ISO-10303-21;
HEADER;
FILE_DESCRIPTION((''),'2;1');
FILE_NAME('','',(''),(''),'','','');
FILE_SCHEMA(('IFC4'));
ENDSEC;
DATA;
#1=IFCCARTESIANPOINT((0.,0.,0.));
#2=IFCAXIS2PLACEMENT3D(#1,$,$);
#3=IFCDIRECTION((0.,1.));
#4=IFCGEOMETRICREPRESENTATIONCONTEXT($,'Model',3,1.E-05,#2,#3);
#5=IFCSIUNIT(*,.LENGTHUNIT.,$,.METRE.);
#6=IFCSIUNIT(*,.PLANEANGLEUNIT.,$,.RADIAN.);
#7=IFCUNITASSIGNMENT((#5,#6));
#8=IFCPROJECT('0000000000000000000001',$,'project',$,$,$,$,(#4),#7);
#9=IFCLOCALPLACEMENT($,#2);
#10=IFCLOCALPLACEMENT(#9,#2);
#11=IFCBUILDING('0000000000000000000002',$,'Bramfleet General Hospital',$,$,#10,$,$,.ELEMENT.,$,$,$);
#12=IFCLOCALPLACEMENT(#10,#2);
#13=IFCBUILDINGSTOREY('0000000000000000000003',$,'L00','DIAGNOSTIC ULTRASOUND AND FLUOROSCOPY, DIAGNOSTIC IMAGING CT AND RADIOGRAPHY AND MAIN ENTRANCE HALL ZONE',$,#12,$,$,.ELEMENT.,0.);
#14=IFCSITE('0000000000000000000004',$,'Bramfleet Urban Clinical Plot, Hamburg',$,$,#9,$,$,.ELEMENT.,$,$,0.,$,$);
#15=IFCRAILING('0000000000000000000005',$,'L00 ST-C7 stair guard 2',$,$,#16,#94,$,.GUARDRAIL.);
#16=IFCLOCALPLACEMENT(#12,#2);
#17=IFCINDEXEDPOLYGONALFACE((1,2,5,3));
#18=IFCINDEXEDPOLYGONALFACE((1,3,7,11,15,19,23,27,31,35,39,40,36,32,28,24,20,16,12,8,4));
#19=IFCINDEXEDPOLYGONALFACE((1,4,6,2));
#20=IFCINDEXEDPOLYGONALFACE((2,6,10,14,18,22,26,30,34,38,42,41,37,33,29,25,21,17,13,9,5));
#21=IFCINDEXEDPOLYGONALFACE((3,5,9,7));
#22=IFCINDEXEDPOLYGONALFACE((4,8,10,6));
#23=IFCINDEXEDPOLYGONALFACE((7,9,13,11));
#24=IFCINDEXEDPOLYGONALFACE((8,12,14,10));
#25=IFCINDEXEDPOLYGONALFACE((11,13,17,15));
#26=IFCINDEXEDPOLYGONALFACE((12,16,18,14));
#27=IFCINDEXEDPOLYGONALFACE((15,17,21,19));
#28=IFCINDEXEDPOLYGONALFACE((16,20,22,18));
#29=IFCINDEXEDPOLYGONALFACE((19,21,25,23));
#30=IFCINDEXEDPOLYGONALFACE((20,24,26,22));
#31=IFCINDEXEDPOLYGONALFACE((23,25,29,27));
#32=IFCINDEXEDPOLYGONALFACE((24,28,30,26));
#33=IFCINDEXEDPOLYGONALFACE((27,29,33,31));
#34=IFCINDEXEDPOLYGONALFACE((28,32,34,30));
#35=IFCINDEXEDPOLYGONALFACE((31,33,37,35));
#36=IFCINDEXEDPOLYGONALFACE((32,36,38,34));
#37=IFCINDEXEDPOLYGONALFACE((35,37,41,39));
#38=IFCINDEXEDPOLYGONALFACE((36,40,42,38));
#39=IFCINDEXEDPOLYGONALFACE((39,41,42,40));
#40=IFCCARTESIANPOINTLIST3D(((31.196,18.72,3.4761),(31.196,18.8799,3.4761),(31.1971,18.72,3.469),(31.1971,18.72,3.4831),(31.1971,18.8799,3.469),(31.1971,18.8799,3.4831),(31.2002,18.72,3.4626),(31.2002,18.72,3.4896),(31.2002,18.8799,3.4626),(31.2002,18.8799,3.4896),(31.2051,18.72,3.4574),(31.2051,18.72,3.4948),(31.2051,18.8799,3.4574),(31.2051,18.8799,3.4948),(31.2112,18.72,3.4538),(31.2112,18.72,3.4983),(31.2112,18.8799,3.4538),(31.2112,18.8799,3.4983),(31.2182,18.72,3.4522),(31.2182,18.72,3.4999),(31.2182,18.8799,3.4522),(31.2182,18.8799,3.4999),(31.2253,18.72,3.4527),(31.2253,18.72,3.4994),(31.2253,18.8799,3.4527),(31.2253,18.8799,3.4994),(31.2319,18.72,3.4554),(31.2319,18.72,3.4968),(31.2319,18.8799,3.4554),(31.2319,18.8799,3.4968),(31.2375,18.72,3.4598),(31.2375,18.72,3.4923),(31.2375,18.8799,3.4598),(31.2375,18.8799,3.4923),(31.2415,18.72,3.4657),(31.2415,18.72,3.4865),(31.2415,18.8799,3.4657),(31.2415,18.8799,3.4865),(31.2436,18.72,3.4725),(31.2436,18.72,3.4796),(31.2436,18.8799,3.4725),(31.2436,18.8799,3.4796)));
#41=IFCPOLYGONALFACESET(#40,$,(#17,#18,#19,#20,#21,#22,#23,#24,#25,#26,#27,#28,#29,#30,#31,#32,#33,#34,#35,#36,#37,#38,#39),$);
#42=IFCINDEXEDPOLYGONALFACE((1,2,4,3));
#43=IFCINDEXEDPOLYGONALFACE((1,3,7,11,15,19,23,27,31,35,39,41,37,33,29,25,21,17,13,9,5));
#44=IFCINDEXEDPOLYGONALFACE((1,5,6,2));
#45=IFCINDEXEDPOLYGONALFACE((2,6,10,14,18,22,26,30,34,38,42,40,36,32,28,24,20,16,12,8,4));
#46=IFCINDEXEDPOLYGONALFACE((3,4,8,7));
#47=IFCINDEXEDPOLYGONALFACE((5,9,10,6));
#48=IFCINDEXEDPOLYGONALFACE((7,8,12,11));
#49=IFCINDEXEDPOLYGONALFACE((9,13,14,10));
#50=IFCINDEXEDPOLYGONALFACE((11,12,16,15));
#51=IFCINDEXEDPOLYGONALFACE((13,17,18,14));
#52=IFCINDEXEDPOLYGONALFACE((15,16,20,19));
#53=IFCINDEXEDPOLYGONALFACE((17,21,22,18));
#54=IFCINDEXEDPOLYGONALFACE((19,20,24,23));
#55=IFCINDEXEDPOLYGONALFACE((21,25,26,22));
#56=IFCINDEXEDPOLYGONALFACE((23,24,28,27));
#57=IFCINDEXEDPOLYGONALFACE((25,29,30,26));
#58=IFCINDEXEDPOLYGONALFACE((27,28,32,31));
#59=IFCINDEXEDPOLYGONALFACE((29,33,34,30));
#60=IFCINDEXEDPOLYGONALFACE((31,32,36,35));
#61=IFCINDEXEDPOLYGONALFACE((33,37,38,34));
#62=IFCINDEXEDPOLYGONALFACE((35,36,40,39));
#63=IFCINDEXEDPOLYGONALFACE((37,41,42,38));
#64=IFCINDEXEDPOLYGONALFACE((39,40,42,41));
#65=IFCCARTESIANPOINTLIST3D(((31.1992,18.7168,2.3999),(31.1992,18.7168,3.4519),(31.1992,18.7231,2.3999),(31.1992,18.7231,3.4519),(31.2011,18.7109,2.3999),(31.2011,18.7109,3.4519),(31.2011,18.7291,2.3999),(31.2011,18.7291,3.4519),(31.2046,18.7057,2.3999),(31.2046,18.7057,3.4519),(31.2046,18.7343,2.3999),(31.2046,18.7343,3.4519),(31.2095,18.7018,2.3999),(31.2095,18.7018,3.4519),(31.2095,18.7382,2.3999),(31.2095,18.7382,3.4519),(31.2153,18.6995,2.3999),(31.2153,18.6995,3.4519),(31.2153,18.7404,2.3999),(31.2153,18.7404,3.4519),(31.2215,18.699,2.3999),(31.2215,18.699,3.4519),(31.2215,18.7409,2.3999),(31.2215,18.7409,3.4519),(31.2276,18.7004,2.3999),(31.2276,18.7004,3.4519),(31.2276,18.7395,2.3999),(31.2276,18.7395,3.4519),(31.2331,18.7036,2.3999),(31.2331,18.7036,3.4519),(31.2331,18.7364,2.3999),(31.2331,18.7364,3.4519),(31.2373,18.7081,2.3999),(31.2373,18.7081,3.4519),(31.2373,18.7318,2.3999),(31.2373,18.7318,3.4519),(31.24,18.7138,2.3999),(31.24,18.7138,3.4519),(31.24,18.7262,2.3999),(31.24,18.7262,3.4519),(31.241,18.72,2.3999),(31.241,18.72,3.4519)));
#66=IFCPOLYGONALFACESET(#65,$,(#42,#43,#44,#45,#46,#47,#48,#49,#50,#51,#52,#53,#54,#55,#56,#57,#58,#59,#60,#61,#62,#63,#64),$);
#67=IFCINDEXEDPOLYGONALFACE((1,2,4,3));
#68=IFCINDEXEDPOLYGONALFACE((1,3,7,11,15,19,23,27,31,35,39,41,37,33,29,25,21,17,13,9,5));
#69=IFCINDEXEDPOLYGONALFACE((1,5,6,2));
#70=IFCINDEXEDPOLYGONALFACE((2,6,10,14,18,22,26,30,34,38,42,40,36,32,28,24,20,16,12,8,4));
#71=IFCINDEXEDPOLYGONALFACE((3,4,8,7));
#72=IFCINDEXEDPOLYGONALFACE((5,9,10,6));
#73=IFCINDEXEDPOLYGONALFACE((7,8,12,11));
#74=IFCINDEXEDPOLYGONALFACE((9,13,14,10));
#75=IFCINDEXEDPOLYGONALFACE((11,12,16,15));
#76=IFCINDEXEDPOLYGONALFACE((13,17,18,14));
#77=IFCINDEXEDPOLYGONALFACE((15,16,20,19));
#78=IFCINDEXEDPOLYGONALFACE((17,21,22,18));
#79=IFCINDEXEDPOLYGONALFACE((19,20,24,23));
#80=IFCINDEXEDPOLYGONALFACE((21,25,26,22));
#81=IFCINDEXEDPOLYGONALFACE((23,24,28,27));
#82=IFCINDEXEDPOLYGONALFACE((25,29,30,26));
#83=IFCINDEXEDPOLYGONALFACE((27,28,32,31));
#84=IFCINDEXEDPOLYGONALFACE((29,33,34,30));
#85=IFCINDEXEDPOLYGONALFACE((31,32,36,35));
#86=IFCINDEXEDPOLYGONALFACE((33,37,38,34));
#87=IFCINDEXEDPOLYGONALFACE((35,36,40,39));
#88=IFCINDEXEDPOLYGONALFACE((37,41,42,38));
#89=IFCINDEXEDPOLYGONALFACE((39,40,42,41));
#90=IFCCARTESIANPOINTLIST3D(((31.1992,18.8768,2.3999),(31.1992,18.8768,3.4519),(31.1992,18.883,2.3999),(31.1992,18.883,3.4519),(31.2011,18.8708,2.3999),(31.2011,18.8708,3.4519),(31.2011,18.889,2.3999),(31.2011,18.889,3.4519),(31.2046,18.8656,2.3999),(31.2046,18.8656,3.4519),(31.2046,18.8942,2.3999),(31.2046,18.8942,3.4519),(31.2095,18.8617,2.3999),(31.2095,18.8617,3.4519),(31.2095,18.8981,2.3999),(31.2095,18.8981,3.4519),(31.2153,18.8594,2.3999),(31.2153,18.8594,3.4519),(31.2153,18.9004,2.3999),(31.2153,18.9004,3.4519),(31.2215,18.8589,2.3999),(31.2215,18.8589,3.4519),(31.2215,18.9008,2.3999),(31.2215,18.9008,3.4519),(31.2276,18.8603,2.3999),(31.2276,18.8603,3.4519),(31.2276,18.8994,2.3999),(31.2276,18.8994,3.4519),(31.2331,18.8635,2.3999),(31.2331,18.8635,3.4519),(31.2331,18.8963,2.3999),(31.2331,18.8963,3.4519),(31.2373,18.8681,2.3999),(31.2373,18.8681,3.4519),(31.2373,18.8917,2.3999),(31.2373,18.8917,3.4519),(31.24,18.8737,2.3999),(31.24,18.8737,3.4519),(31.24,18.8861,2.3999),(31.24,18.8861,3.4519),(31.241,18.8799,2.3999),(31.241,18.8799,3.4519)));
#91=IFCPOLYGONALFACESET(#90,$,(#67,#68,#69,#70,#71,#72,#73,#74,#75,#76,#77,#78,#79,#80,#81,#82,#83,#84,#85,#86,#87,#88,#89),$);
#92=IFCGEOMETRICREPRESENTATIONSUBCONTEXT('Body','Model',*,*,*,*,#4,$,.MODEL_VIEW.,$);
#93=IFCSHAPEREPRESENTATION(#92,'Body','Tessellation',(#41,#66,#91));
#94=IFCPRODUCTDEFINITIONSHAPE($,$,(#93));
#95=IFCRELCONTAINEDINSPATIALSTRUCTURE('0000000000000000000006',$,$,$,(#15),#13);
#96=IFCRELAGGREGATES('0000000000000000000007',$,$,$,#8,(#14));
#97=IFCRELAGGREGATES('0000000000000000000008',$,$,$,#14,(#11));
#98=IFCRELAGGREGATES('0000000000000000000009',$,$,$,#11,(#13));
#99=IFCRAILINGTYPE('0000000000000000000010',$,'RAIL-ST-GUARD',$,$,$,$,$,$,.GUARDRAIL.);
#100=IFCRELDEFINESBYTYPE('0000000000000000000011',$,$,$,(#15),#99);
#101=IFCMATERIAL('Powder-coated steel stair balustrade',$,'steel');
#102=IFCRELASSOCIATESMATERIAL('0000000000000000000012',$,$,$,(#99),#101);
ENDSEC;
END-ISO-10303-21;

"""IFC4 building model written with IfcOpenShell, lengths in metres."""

from ifc_helpers import new_model, si_unit, direction, frame, origin, origin_2d, place, context, subcontext, project, spatial, circle, extrude, material, type_object, element, save


model = new_model("IFC4")

# Units and contexts
model_context = context("Model", 3, precision=1e-05, world=origin(), true_north=direction((0.0, 1.0)))
body_context = subcontext(model_context, "Body", "Model", "MODEL_VIEW")
ifc_project = project(units=[si_unit("LENGTHUNIT", "METRE"), si_unit("PLANEANGLEUNIT", "RADIAN")], contexts=[model_context])

# Site, building, storey
site_placement = place(None, origin())
site = spatial("IfcSite", under=ifc_project, at=site_placement, Name="Bramfleet Urban Clinical Plot, Hamburg", CompositionType="ELEMENT", RefElevation=0.0)
building_placement = place(site_placement, origin())
building = spatial("IfcBuilding", under=site, at=building_placement, Name="Bramfleet General Hospital", CompositionType="ELEMENT")
storey_placement = place(building_placement, origin())
storey = spatial("IfcBuildingStorey", under=building, at=storey_placement, Name="L00", Description="DIAGNOSTIC ULTRASOUND AND FLUOROSCOPY, DIAGNOSTIC IMAGING CT AND RADIOGRAPHY AND MAIN ENTRANCE HALL ZONE", CompositionType="ELEMENT", Elevation=0.0)

# Railing
ifc_material_1 = material(Name="Powder-coated steel stair balustrade", Category="steel")
railing_type_1 = type_object("IfcRailingType", Name="RAIL-ST-GUARD", PredefinedType="GUARDRAIL", material=ifc_material_1)
railing_1_placement = place(storey_placement, frame((31.22, 18.72, 2.3999)))
element("IfcRailing", 1, at=railing_1_placement, inside=storey, type_object=railing_type_1, Name="L00 ST-C7 stair guard 2", PredefinedType="GUARDRAIL", context=body_context, shape_type="SweptSolid", body=[
    extrude(circle(Radius=0.0239, at=origin_2d()), frame((0.0, 0.0, 1.0762), z_axis=(0.0, 1.0, 0.0), x_axis=(-1.0, 0.0, 0.0)), (0.0, 0.0, 1.0), 0.1599),
    extrude(circle(Radius=0.021, at=origin_2d()), origin(), (0.0, 0.0, 1.0), 1.052),
    extrude(circle(Radius=0.021, at=origin_2d()), frame((0.0, 0.1599, 0.0)), (0.0, 0.0, 1.0), 1.052),
])

save(model, "model.ifc")
